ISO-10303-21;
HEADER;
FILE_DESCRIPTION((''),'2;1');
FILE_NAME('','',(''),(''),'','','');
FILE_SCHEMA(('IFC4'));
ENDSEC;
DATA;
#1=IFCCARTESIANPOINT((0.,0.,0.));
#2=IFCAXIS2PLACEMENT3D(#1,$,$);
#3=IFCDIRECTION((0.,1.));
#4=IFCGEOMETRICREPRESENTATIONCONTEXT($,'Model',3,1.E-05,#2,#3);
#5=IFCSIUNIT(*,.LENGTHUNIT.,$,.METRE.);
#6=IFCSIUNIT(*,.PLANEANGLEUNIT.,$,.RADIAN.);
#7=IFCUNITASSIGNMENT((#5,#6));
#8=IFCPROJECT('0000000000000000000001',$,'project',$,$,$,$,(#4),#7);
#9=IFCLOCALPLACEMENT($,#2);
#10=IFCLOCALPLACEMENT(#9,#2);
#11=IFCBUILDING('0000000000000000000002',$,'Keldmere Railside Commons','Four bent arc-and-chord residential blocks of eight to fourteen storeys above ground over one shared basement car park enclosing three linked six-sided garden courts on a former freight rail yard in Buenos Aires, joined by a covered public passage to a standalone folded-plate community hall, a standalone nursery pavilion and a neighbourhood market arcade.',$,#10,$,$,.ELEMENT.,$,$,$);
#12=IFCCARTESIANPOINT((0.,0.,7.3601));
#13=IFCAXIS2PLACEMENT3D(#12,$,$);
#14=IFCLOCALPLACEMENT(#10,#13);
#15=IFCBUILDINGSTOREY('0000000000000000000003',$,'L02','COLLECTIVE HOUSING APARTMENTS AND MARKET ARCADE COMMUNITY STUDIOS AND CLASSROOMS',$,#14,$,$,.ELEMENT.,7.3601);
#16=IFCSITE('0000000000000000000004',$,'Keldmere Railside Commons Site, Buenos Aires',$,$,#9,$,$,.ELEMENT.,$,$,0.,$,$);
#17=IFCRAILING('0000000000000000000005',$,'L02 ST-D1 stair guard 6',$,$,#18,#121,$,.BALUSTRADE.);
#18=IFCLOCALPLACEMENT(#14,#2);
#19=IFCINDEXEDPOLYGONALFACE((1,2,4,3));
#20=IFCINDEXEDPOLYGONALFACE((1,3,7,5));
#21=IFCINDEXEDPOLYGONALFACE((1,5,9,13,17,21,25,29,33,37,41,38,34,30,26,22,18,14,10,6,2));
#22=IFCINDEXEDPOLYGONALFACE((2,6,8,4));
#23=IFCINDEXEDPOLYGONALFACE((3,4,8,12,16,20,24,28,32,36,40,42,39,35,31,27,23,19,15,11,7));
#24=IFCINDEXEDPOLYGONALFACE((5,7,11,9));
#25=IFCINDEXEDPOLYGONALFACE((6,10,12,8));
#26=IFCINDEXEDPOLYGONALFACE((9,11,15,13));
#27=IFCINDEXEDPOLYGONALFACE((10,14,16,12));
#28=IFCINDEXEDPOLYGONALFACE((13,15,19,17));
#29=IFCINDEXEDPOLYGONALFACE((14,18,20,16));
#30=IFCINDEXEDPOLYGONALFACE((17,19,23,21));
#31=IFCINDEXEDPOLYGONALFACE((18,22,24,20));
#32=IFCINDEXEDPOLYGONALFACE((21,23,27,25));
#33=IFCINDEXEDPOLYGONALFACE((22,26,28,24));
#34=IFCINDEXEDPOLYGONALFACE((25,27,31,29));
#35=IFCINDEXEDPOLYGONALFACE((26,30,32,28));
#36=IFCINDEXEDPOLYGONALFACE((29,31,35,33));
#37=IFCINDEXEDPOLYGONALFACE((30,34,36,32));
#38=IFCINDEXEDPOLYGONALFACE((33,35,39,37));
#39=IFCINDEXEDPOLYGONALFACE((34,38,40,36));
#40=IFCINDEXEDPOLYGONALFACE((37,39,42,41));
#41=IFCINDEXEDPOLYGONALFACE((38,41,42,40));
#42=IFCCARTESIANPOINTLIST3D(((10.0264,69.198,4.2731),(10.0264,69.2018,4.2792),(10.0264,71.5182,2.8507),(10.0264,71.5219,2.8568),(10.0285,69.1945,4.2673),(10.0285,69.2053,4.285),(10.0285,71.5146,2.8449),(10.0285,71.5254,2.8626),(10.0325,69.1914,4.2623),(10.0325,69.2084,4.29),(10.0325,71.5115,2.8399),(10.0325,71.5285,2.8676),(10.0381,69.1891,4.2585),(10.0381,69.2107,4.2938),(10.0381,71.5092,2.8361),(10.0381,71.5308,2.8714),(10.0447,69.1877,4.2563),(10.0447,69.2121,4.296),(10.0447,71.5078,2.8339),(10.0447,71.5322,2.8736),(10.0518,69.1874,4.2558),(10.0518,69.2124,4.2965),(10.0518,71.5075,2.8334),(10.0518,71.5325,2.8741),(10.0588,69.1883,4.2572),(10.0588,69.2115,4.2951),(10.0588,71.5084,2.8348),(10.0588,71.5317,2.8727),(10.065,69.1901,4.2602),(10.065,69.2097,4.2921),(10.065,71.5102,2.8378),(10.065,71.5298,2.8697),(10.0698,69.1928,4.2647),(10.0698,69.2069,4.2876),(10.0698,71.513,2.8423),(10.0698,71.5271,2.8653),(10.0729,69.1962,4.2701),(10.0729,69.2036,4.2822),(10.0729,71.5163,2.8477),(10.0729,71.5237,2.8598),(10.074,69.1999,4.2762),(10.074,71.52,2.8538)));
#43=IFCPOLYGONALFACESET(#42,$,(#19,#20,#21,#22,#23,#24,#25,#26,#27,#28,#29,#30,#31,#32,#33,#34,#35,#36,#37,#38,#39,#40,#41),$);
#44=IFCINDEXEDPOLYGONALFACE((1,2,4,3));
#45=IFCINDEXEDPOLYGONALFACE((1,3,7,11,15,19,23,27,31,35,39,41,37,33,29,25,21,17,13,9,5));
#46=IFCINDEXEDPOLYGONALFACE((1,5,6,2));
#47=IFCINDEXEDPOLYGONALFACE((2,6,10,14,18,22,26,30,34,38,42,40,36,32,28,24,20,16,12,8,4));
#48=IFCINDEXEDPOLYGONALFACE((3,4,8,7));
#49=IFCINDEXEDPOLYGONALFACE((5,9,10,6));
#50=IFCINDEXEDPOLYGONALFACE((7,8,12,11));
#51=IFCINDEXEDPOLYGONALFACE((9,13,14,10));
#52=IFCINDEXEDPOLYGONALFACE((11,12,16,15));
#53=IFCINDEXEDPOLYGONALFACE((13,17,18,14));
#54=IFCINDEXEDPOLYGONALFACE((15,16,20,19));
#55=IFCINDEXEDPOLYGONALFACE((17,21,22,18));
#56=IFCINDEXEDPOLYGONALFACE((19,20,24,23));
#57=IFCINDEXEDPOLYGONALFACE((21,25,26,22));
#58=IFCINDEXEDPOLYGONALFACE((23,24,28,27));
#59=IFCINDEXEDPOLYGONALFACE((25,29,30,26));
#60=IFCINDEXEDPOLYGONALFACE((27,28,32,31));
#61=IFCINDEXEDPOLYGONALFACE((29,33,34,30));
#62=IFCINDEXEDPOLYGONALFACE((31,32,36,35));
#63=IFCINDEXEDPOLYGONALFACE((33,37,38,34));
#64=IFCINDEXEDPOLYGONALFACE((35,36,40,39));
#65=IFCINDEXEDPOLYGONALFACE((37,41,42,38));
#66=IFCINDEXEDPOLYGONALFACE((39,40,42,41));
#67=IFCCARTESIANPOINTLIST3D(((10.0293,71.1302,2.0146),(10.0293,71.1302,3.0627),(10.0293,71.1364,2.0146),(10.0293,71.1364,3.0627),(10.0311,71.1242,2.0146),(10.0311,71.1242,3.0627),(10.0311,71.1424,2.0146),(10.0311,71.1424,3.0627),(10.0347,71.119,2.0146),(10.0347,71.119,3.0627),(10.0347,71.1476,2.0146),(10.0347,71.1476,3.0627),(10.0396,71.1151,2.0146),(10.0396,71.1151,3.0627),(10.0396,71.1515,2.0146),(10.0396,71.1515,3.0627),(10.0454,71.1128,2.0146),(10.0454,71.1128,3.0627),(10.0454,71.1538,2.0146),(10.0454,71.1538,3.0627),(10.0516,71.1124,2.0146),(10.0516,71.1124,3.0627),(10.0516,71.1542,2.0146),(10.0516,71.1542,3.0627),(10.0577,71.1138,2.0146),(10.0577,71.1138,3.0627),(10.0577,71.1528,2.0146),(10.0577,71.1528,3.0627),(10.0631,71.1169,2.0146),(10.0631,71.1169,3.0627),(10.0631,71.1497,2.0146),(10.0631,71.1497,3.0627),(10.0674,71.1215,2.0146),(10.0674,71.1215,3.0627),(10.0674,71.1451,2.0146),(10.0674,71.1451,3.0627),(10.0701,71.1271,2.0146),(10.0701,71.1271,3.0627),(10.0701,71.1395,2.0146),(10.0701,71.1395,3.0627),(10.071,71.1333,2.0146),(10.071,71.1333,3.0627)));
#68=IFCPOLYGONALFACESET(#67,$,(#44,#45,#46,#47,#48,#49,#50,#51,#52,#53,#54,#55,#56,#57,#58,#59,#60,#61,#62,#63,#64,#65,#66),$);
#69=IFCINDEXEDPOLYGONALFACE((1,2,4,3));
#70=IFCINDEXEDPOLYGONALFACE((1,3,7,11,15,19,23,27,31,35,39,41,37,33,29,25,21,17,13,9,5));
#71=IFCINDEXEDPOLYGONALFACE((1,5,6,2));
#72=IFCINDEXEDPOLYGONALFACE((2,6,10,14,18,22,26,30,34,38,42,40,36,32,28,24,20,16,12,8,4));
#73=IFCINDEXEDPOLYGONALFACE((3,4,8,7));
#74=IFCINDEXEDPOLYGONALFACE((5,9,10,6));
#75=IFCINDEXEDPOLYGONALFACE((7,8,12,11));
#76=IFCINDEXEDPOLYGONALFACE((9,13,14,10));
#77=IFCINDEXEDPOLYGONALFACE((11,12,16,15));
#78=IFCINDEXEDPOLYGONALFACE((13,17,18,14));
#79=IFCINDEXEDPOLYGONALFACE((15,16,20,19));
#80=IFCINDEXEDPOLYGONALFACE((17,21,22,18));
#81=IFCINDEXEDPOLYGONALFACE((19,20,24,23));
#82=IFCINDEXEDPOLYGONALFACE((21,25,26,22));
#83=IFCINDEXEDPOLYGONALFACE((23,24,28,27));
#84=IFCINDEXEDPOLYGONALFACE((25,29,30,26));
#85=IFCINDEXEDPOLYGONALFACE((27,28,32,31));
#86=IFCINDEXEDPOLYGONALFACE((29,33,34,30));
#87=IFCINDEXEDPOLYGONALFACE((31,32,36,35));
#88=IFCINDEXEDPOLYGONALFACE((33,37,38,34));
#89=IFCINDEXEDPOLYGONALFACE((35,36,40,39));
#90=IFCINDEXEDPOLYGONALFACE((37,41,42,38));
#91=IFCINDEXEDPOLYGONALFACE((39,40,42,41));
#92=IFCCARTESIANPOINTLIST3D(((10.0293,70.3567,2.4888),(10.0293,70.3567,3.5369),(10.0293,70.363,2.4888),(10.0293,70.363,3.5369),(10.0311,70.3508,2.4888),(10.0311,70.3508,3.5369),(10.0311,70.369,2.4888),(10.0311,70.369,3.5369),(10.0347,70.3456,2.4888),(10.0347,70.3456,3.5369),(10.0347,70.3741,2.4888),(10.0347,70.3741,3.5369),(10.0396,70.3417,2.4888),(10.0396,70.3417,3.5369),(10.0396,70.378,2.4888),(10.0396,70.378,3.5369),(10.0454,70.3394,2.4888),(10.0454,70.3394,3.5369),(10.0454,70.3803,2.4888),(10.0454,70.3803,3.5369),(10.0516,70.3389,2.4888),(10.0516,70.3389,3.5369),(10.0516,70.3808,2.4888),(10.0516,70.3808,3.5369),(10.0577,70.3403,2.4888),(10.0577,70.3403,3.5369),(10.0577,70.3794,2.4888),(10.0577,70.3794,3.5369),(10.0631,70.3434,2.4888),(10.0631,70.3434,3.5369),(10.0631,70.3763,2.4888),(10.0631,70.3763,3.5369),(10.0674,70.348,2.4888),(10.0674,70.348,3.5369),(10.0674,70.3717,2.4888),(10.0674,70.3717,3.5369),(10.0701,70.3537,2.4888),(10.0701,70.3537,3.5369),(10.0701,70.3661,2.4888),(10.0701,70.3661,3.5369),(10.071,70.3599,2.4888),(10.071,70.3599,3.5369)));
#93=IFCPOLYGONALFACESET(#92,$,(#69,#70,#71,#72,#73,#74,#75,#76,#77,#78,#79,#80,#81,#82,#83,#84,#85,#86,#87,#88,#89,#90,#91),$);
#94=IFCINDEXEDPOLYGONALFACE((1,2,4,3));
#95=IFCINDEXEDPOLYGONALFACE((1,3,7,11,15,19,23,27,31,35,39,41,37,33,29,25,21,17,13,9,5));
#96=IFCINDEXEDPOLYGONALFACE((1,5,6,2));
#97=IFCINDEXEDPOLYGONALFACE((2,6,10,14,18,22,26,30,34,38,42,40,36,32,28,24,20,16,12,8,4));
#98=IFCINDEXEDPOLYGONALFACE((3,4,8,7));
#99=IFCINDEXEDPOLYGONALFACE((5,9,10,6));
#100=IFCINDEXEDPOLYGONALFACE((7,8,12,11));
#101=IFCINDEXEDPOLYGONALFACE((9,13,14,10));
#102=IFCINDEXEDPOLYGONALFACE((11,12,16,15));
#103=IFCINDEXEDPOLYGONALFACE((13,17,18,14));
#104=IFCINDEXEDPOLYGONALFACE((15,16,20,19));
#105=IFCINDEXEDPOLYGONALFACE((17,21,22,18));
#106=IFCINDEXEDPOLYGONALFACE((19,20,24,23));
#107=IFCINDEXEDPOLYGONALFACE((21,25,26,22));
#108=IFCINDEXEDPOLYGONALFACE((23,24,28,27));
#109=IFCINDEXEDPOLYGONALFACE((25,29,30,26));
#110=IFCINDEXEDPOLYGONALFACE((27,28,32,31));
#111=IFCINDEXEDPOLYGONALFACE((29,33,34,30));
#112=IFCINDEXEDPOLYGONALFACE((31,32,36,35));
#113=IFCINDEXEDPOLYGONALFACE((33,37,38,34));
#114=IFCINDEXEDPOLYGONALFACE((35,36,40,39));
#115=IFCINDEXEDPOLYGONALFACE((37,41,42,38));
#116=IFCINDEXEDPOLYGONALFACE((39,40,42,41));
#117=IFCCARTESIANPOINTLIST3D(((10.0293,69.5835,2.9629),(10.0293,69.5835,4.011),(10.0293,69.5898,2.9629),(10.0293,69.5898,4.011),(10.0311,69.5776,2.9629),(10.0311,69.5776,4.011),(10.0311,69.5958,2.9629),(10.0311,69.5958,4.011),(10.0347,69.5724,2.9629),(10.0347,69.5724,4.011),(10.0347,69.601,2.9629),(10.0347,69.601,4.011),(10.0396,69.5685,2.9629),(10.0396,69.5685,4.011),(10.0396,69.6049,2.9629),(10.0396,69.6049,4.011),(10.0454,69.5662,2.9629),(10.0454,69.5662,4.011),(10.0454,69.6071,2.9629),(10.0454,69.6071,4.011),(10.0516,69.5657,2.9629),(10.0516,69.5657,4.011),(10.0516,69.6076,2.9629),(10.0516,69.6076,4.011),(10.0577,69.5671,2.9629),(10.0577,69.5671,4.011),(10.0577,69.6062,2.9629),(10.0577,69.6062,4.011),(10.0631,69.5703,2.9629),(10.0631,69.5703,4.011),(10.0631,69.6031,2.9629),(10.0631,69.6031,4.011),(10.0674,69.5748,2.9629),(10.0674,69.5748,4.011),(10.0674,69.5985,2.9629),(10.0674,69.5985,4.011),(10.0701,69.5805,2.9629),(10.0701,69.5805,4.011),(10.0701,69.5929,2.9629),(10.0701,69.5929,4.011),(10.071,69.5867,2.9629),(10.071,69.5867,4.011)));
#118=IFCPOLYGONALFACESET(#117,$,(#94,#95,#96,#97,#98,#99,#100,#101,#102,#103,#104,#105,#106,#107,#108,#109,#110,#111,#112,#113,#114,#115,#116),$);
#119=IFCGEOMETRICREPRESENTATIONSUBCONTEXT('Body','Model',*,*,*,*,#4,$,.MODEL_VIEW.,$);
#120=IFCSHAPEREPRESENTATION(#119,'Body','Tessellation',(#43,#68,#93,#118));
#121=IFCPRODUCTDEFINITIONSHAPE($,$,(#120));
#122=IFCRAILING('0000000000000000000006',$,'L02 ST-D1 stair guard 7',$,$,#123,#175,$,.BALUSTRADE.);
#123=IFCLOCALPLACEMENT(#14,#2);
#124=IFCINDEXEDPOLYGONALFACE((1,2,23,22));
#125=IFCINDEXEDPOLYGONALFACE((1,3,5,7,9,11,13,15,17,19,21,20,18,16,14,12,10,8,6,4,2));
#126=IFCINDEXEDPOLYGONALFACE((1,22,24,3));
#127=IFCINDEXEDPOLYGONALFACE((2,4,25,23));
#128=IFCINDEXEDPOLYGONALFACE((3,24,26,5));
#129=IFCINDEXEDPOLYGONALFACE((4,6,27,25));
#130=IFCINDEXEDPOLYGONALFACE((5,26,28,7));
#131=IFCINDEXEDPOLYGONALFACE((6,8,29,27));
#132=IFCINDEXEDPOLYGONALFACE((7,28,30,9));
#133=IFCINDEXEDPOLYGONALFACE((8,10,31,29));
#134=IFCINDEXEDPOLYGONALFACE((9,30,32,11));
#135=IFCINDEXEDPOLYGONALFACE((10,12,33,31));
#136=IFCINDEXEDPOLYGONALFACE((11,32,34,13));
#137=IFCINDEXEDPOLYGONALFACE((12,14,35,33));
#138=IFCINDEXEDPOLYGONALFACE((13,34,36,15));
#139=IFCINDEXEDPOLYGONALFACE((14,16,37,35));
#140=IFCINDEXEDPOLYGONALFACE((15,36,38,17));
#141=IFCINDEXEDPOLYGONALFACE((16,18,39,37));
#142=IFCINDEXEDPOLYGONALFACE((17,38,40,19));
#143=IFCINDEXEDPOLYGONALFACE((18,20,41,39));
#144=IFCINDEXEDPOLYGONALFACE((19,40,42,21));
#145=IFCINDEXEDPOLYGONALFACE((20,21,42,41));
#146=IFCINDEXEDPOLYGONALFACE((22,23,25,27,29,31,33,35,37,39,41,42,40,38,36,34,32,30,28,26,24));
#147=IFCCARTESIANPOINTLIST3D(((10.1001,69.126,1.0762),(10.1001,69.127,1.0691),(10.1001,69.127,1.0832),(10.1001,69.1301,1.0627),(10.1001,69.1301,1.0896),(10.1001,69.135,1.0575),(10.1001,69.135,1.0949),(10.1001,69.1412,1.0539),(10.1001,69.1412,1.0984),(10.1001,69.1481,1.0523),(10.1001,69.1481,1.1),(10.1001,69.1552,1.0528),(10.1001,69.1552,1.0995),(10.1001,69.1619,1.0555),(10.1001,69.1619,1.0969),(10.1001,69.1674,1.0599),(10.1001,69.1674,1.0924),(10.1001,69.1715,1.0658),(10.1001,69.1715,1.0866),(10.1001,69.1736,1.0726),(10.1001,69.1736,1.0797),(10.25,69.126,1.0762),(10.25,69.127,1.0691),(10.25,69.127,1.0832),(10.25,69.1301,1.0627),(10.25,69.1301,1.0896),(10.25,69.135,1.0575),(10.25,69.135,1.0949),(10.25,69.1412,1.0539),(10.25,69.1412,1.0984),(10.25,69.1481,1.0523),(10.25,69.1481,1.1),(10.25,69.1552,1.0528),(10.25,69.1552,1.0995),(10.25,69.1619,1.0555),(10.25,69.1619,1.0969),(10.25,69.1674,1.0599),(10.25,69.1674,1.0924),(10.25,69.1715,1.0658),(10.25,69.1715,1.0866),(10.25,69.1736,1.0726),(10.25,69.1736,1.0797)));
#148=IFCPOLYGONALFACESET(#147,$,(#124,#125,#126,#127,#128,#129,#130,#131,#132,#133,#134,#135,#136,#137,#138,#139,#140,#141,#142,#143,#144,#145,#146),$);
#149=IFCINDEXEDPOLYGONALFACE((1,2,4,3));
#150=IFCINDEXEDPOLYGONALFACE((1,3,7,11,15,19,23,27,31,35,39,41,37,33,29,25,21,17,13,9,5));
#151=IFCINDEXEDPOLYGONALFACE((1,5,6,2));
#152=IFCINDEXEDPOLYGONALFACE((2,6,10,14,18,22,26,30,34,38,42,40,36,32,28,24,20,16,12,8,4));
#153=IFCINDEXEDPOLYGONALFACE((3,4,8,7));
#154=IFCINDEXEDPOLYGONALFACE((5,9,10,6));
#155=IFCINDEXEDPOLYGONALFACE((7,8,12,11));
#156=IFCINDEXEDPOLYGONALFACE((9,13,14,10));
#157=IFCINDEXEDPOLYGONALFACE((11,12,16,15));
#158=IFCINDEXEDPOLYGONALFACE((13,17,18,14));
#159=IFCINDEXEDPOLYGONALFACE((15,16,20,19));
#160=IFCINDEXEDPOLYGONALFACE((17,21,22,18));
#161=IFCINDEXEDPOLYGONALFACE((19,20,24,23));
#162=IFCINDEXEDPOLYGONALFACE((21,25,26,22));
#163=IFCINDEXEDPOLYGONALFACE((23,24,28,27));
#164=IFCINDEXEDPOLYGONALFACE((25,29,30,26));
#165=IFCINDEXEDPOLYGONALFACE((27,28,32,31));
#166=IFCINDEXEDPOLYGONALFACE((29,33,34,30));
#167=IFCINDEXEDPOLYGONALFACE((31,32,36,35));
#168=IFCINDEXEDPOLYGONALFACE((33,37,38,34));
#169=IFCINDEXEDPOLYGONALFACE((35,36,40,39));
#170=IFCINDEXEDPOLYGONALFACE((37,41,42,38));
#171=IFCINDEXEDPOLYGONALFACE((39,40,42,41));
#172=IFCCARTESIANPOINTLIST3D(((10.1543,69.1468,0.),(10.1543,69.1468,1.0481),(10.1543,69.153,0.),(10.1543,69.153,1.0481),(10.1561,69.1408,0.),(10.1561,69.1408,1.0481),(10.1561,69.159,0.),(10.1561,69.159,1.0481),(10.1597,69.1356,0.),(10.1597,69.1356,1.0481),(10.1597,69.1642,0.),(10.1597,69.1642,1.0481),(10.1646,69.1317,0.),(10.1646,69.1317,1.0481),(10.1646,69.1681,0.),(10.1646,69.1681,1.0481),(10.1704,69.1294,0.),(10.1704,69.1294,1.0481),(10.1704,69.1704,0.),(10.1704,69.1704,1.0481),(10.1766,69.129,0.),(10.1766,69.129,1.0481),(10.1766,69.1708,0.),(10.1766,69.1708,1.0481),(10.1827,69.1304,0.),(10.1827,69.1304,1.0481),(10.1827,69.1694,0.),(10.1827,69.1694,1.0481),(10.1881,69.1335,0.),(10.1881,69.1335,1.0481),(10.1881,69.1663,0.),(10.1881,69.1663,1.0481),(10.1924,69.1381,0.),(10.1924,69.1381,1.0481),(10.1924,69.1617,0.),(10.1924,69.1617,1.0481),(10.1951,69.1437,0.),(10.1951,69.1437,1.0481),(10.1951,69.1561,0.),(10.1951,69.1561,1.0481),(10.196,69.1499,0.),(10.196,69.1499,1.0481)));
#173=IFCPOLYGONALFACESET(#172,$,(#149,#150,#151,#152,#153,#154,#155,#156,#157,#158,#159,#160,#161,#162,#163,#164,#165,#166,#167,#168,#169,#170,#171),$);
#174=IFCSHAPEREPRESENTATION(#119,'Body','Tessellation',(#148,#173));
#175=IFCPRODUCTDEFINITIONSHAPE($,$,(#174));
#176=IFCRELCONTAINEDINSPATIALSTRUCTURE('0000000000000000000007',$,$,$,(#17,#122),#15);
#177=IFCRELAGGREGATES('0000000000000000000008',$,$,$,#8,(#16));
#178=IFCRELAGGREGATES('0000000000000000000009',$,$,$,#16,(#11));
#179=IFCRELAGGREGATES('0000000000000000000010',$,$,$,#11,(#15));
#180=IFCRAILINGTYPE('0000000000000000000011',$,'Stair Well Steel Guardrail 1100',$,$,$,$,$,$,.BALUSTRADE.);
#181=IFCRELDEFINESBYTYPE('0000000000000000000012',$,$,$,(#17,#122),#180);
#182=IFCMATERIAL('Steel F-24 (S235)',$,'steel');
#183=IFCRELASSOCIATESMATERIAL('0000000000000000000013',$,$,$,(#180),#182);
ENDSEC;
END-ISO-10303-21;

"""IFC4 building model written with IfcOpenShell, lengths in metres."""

from ifc_helpers import new_model, si_unit, direction, frame, origin, origin_2d, place, context, subcontext, project, spatial, circle, extrude, material, type_object, element, save


model = new_model("IFC4")

# Units and contexts
model_context = context("Model", 3, precision=1e-05, world=origin(), true_north=direction((0.0, 1.0)))
body_context = subcontext(model_context, "Body", "Model", "MODEL_VIEW")
ifc_project = project(units=[si_unit("LENGTHUNIT", "METRE"), si_unit("PLANEANGLEUNIT", "RADIAN")], contexts=[model_context])

# Site, building, storey
site_placement = place(None, origin())
site = spatial("IfcSite", under=ifc_project, at=site_placement, Name="Keldmere Railside Commons Site, Buenos Aires", CompositionType="ELEMENT", RefElevation=0.0)
building_placement = place(site_placement, origin())
building = spatial("IfcBuilding", under=site, at=building_placement, Name="Keldmere Railside Commons", Description="Four bent arc-and-chord residential blocks of eight to fourteen storeys above ground over one shared basement car park enclosing three linked six-sided garden courts on a former freight rail yard in Buenos Aires, joined by a covered public passage to a standalone folded-plate community hall, a standalone nursery pavilion and a neighbourhood market arcade.", CompositionType="ELEMENT")
storey_placement = place(building_placement, frame((0.0, 0.0, 7.3601)))
storey = spatial("IfcBuildingStorey", under=building, at=storey_placement, Name="L02", Description="COLLECTIVE HOUSING APARTMENTS AND MARKET ARCADE COMMUNITY STUDIOS AND CLASSROOMS", CompositionType="ELEMENT", Elevation=7.3601)

# Shared definitions
ifc_material_1 = material(Name="Steel F-24 (S235)", Category="steel")

# Railings
railing_type_1 = type_object("IfcRailingType", Name="Stair Well Steel Guardrail 1100", PredefinedType="BALUSTRADE", material=ifc_material_1)
railing_1_placement = place(storey_placement, frame((10.05, 71.52, 1.7776)))
element("IfcRailing", 1, at=railing_1_placement, inside=storey, type_object=railing_type_1, Name="L02 ST-D1 stair guard 6", PredefinedType="BALUSTRADE", context=body_context, shape_type="SweptSolid", body=[
    extrude(circle(Radius=0.0239, at=origin_2d()), frame((0.0, 0.0, 1.0762), z_axis=(0.0, -0.852538, 0.522665), x_axis=(1.0, 0.0, 0.0)), (0.0, 0.0, 1.0), 2.7214),
    extrude(circle(Radius=0.021, at=origin_2d()), frame((0.0, -0.3867, 0.2371)), (0.0, 0.0, 1.0), 1.0481),
    extrude(circle(Radius=0.021, at=origin_2d()), frame((0.0, -1.1602, 0.7112)), (0.0, 0.0, 1.0), 1.0481),
    extrude(circle(Radius=0.021, at=origin_2d()), frame((0.0, -1.9333, 1.1853)), (0.0, 0.0, 1.0), 1.0481),
])
railing_2_placement = place(storey_placement, frame((10.25, 69.1499, 0.0)))
element("IfcRailing", 2, at=railing_2_placement, inside=storey, type_object=railing_type_1, Name="L02 ST-D1 stair guard 7", PredefinedType="BALUSTRADE", context=body_context, shape_type="SweptSolid", body=[
    extrude(circle(Radius=0.0239, at=origin_2d()), frame((0.0, 0.0, 1.0762), z_axis=(-1.0, 0.0, 0.0), x_axis=(0.0, -1.0, 0.0)), (0.0, 0.0, 1.0), 0.1499),
    extrude(circle(Radius=0.021, at=origin_2d()), frame((-0.075, 0.0, 0.0)), (0.0, 0.0, 1.0), 1.0481),
])

save(model, "model.ifc")
